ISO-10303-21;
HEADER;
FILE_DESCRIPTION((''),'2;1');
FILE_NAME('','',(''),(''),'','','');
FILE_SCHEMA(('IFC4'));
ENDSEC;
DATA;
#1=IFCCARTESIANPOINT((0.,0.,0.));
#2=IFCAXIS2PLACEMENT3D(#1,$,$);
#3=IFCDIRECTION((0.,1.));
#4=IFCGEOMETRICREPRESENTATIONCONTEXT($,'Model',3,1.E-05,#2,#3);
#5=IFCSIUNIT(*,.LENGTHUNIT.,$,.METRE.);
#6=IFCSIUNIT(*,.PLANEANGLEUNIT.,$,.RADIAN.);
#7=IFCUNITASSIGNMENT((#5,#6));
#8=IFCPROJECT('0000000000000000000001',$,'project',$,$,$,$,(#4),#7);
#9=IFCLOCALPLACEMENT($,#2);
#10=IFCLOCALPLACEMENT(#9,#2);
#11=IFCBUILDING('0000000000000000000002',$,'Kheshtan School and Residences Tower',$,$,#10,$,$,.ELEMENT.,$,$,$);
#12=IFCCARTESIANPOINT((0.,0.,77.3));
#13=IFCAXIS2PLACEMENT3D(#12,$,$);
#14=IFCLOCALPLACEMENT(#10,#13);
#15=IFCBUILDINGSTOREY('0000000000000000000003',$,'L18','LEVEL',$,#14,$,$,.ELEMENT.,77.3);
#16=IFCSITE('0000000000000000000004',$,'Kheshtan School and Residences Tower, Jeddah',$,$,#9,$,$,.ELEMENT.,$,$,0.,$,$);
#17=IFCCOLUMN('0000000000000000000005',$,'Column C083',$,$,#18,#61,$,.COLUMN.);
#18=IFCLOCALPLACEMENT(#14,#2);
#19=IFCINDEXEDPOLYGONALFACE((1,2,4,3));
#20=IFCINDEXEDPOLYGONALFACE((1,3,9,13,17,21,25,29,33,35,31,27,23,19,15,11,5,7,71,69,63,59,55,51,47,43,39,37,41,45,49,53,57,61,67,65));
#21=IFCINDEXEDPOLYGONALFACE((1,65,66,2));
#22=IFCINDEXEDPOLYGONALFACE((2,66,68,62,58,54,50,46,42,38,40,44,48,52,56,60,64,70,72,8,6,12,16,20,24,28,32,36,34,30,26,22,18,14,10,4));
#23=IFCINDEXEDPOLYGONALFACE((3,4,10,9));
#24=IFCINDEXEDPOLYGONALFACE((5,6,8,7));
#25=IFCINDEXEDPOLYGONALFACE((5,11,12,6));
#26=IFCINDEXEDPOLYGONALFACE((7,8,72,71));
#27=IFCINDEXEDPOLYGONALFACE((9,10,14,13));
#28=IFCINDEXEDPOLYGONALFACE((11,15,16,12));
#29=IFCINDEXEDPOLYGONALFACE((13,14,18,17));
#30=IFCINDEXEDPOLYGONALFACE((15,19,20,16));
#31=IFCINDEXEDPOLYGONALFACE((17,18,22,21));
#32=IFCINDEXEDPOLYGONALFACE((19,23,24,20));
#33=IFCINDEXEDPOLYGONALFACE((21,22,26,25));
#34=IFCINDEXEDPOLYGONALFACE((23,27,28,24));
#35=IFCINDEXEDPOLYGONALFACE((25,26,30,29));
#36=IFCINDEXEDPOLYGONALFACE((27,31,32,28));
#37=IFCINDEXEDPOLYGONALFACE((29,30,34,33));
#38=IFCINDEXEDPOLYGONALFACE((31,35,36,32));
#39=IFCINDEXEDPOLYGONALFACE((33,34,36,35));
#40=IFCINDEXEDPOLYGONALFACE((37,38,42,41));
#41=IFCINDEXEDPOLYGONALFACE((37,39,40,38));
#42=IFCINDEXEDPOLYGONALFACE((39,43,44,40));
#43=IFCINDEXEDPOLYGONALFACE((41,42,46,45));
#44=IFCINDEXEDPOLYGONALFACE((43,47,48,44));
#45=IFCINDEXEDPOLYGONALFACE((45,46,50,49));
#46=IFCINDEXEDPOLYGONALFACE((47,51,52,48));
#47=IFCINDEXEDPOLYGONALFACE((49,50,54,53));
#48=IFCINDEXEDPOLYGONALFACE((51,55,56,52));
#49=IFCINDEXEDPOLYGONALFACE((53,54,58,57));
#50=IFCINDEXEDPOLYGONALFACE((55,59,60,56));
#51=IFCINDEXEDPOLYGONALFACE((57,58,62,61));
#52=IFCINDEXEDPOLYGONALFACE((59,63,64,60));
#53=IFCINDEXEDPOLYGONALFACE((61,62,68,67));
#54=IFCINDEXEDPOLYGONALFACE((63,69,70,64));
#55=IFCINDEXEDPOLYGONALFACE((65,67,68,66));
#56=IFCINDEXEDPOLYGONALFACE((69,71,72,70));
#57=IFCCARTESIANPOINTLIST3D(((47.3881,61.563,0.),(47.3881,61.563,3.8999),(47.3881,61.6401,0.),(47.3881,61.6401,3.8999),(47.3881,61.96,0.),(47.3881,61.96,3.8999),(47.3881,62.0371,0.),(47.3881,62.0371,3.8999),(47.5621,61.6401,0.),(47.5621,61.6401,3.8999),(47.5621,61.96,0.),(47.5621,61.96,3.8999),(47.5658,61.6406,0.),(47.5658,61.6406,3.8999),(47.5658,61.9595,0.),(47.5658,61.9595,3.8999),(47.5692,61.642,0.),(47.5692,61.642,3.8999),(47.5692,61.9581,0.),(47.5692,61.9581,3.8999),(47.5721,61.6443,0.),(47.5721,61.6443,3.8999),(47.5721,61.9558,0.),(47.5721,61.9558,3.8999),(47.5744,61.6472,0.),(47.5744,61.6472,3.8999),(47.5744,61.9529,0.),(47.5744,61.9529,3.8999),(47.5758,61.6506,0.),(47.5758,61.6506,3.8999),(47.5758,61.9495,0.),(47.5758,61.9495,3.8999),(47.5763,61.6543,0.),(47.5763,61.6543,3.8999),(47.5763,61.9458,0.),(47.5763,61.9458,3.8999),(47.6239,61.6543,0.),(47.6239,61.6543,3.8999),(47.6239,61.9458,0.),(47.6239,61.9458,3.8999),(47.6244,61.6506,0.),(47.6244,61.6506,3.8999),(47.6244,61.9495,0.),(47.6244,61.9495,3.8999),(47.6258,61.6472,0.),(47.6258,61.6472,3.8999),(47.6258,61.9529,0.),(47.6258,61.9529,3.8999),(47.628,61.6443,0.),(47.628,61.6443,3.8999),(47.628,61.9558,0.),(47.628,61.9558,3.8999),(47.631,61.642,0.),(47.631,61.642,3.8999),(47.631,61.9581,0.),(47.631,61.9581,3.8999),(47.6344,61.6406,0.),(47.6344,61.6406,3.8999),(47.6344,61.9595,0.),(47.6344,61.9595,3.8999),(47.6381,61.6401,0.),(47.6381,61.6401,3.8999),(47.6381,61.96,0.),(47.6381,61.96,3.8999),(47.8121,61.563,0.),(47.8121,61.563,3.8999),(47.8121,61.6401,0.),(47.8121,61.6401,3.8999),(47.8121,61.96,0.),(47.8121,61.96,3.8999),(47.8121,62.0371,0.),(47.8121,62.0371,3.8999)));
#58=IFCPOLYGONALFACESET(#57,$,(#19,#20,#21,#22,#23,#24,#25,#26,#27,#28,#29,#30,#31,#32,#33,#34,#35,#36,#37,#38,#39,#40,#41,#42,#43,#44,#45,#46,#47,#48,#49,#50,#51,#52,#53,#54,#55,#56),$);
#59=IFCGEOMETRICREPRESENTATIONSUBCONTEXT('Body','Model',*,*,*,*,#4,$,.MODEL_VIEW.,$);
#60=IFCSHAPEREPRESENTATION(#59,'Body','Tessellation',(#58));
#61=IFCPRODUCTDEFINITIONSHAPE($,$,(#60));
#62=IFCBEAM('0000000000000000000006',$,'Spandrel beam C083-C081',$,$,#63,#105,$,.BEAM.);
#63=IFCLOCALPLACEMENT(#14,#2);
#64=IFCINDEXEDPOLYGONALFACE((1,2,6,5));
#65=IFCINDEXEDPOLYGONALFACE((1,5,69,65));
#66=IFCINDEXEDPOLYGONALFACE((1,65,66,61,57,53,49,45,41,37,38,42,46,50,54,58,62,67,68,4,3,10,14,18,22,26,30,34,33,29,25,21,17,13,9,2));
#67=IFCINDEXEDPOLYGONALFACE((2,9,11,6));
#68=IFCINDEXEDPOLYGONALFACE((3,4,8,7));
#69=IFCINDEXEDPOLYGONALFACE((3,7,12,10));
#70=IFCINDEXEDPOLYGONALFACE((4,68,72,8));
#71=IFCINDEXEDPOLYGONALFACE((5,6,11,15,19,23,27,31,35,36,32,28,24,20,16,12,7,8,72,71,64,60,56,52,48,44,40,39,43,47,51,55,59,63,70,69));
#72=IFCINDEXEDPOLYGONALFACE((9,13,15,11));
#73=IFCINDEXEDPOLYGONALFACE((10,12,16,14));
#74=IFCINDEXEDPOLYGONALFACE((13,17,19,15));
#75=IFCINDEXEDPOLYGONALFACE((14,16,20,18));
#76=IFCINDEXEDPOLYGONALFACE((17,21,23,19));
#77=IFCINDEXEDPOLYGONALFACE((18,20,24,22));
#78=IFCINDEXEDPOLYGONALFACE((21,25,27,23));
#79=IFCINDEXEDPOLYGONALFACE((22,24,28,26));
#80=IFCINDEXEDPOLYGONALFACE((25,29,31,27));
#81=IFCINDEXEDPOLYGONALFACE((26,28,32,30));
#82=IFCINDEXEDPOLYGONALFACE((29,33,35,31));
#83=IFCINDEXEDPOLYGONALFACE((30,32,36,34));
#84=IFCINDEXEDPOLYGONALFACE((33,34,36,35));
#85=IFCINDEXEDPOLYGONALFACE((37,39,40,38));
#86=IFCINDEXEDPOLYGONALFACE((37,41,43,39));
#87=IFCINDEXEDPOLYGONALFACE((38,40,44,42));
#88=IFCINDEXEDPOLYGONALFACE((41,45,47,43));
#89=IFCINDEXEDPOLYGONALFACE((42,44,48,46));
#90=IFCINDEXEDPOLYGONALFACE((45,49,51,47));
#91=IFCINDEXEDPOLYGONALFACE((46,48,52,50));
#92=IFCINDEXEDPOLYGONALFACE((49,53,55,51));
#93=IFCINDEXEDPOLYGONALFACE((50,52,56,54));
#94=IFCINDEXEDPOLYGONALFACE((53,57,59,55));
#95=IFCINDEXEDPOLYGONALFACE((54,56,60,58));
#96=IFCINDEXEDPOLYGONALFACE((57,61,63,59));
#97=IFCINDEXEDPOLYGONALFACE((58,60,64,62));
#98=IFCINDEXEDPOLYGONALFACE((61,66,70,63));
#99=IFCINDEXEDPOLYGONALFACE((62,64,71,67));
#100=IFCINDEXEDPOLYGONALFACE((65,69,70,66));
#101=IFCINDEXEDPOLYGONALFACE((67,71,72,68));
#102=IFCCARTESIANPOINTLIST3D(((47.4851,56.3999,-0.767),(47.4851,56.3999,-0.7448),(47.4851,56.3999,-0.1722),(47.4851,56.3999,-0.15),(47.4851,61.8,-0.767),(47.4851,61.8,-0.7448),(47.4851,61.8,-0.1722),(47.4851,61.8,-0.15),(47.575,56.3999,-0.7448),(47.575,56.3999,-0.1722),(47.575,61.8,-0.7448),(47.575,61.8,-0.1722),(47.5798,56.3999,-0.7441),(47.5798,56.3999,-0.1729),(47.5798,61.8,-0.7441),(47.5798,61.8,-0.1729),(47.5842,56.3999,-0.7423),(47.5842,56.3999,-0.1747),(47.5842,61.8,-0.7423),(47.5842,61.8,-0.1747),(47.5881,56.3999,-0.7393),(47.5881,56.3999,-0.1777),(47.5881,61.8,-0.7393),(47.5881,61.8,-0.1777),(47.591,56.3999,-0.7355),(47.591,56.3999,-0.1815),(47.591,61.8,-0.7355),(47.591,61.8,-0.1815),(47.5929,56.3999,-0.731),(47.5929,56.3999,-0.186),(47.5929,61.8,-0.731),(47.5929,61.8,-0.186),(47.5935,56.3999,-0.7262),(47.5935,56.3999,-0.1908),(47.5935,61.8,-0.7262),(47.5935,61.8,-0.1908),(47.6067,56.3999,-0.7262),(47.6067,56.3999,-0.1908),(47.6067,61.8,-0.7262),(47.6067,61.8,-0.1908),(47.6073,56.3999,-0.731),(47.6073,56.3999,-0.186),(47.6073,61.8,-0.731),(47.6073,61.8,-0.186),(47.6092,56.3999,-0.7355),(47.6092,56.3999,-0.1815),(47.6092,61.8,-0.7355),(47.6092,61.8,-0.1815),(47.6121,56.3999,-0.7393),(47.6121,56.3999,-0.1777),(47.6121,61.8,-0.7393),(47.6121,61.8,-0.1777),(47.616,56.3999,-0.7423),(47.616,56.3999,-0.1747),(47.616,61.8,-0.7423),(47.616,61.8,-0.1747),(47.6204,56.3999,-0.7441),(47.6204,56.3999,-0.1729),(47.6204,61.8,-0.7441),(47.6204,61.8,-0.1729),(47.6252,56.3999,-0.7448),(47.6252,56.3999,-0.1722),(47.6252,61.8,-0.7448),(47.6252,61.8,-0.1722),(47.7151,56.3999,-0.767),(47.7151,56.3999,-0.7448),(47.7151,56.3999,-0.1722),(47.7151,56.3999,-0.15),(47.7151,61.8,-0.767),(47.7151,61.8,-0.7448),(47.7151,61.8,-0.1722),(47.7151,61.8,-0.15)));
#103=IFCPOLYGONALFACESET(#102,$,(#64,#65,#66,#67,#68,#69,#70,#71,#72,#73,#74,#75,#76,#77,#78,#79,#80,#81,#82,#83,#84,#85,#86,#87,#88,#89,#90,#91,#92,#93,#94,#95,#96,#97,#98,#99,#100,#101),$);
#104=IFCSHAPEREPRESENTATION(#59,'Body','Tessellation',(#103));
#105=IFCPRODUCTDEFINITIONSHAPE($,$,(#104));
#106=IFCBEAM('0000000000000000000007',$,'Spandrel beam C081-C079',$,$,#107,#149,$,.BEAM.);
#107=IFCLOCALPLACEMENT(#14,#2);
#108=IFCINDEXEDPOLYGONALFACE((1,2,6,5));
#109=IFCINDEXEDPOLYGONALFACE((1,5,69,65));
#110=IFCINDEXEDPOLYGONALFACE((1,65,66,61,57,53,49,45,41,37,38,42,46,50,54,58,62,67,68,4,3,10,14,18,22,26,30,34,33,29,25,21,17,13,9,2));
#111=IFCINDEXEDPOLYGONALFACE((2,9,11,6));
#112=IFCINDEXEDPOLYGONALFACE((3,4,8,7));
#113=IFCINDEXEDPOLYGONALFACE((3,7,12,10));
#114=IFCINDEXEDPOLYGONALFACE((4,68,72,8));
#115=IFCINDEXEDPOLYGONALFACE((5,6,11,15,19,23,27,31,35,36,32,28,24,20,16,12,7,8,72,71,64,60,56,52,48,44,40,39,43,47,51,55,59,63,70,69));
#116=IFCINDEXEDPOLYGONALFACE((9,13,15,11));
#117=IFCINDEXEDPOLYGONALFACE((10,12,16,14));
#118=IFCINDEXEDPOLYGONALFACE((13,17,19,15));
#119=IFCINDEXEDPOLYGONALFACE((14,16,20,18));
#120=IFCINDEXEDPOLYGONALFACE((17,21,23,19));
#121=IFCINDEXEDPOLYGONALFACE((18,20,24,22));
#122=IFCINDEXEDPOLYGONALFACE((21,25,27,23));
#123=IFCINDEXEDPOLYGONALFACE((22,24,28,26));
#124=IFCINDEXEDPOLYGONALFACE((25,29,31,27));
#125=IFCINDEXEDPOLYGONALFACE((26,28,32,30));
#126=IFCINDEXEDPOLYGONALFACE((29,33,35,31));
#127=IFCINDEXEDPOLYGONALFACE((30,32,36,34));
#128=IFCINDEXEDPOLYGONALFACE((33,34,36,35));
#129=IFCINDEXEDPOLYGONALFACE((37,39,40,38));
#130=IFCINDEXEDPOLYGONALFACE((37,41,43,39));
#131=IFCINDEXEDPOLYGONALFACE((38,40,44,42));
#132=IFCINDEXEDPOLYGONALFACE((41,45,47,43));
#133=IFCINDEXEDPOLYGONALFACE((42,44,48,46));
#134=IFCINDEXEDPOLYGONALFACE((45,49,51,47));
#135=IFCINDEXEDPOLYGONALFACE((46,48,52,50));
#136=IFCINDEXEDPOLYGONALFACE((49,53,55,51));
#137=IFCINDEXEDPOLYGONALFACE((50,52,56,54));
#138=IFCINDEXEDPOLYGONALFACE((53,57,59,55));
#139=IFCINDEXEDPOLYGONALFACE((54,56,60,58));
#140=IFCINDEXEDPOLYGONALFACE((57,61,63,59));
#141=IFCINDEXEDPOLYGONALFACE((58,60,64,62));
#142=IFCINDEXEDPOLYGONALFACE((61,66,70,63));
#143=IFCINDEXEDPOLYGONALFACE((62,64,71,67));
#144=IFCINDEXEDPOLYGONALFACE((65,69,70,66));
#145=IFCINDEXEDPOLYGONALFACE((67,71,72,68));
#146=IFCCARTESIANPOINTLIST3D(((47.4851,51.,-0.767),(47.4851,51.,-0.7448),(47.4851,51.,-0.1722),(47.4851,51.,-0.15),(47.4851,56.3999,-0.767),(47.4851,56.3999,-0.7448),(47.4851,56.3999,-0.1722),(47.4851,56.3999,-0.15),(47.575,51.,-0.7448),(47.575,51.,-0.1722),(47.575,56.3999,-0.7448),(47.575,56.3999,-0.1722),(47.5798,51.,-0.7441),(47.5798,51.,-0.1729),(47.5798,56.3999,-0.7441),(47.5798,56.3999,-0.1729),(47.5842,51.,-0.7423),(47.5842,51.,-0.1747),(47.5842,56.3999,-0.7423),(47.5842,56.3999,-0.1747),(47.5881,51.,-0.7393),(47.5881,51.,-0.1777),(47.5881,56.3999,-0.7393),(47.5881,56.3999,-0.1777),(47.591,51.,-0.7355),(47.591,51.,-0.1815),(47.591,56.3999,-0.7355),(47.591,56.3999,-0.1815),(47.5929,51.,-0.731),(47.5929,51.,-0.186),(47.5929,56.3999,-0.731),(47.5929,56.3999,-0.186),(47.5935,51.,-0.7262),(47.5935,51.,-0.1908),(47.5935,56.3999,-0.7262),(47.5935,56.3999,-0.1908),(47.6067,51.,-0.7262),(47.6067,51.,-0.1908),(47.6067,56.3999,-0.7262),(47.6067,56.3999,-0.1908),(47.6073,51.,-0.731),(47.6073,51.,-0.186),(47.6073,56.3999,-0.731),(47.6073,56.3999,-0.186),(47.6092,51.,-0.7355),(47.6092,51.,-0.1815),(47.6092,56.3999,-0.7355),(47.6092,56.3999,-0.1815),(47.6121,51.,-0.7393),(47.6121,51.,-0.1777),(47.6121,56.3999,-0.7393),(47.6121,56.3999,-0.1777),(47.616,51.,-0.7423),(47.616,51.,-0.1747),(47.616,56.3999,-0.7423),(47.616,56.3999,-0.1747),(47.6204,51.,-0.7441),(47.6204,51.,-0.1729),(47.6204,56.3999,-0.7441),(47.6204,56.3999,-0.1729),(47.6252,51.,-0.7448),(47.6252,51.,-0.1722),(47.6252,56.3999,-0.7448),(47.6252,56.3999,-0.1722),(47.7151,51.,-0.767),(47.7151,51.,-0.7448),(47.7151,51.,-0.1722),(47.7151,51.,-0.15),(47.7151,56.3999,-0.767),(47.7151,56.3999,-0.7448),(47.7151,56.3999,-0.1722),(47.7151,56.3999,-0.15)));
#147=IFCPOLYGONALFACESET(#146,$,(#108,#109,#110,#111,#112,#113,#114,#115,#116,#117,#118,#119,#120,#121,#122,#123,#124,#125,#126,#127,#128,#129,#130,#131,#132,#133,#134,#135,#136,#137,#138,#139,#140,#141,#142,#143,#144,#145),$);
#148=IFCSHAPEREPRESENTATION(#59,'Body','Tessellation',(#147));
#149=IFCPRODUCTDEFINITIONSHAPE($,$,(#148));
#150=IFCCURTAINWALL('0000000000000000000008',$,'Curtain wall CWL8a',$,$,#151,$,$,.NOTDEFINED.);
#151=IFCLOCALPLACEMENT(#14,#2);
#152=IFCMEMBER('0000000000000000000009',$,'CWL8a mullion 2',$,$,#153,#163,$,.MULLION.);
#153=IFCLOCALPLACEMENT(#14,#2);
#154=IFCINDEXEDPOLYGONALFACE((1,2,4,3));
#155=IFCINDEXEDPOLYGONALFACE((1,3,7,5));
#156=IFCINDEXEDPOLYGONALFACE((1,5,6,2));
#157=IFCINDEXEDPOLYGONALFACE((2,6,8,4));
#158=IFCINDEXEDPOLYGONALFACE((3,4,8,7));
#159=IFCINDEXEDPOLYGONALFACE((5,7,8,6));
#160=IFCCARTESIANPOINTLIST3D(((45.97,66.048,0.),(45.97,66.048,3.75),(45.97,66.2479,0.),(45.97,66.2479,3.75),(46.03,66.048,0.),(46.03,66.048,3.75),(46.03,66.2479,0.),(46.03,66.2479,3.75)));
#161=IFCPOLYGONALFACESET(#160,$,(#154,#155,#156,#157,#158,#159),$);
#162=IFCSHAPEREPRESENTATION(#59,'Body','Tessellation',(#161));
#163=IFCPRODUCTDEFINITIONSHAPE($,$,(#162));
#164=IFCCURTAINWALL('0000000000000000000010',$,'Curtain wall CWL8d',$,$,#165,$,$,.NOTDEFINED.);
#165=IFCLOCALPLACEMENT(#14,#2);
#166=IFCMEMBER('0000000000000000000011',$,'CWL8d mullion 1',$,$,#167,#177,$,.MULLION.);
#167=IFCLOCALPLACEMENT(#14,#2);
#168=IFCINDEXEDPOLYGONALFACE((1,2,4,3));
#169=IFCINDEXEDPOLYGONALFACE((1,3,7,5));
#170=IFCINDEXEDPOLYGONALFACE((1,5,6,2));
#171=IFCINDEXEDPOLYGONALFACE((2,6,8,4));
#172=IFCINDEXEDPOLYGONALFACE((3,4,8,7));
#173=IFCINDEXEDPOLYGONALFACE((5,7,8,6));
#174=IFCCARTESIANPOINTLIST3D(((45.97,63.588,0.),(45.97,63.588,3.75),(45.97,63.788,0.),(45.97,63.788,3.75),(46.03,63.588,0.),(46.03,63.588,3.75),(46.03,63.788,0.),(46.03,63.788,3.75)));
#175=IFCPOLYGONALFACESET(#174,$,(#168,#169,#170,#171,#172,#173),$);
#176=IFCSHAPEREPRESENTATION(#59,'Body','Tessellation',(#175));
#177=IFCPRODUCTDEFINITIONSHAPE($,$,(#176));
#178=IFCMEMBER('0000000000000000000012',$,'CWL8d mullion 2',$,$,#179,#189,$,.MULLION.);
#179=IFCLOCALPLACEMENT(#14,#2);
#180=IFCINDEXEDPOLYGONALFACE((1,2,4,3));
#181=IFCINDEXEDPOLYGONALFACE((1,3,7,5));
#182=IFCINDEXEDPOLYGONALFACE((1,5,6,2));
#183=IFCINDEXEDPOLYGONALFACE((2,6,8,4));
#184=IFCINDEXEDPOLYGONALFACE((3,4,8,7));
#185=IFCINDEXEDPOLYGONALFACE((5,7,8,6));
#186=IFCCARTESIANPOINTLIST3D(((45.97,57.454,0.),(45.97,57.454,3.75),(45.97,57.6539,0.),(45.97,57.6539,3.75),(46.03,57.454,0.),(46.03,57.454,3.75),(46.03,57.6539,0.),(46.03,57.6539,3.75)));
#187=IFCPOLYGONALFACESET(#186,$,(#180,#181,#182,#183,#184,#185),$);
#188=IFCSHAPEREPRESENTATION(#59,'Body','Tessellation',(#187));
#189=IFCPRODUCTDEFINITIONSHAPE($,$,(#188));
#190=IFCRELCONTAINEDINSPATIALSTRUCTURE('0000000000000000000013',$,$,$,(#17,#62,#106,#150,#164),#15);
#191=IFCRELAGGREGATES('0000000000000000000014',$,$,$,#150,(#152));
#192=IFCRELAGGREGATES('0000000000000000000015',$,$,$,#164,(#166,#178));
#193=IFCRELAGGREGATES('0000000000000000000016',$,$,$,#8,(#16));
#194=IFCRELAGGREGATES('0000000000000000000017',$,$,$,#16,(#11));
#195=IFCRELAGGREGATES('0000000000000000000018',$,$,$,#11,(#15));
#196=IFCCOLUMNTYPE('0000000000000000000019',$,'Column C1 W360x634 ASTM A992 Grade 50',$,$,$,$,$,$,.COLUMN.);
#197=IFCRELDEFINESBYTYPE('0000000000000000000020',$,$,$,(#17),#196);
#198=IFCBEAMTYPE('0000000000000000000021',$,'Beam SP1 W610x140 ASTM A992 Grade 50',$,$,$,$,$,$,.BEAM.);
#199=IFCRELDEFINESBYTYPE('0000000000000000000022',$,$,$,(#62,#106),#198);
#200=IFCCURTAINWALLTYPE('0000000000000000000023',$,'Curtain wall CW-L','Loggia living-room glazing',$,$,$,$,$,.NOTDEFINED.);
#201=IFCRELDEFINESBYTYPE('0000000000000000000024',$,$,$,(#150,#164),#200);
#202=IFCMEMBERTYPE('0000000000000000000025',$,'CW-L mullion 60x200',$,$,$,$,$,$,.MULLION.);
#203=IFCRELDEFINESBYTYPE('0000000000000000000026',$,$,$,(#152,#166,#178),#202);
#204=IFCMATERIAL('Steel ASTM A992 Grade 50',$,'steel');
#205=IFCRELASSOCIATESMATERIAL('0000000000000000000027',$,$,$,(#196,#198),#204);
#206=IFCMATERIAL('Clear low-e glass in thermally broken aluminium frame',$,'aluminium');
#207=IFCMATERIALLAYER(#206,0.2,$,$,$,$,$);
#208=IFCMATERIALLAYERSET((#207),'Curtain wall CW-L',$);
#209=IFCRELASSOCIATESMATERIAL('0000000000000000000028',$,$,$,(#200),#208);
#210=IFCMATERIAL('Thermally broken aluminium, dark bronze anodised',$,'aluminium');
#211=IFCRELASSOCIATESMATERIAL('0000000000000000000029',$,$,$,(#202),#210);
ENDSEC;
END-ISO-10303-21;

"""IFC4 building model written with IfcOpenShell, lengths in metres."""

from ifc_helpers import new_model, si_unit, direction, frame, origin, origin_2d, place, context, subcontext, project, spatial, rectangle, i_section, extrude, material, layer, layer_set, material_profile, profile_set, type_object, element, aggregate, save


model = new_model("IFC4")

# Units and contexts
model_context = context("Model", 3, precision=1e-05, world=origin(), true_north=direction((0.0, 1.0)))
body_context = subcontext(model_context, "Body", "Model", "MODEL_VIEW")
ifc_project = project(units=[si_unit("LENGTHUNIT", "METRE"), si_unit("PLANEANGLEUNIT", "RADIAN")], contexts=[model_context])

# Site, building, storey
site_placement = place(None, origin())
site = spatial("IfcSite", under=ifc_project, at=site_placement, Name="Kheshtan School and Residences Tower, Jeddah", CompositionType="ELEMENT", RefElevation=0.0)
building_placement = place(site_placement, origin())
building = spatial("IfcBuilding", under=site, at=building_placement, Name="Kheshtan School and Residences Tower", CompositionType="ELEMENT")
storey_placement = place(building_placement, frame((0.0, 0.0, 77.3)))
storey = spatial("IfcBuildingStorey", under=building, at=storey_placement, Name="L18", Description="LEVEL", CompositionType="ELEMENT", Elevation=77.3)

# Column
ifc_material_1 = material(Name="Steel ASTM A992 Grade 50", Category="steel")
ifc_material_profile_1 = material_profile(ifc_material_1, i_section(OverallWidth=0.4241, OverallDepth=0.4741, WebThickness=0.0476, FlangeThickness=0.0771, FilletRadius=0.0142, at=origin_2d()), Name="W360x634")
ifc_profile_set_1 = profile_set([ifc_material_profile_1], Name="Steel ASTM A992 Grade 50")
column_type = type_object("IfcColumnType", Name="Column C1 W360x634 ASTM A992 Grade 50", PredefinedType="COLUMN", material=ifc_profile_set_1)
column_placement = place(storey_placement, frame((47.6001, 61.8, 0.0), z_axis=(0.0, 0.0, 1.0), x_axis=(1.0, 0.0, 0.0)))
element("IfcColumn", 1, at=column_placement, inside=storey, type_object=column_type, Name="Column C083", PredefinedType="COLUMN", context=body_context, shape_type="SweptSolid", body=[
    extrude(i_section(OverallWidth=0.4241, OverallDepth=0.4741, WebThickness=0.0476, FlangeThickness=0.0771, FilletRadius=0.0142, at=origin_2d()), origin(), (0.0, 0.0, 1.0), 3.8999),
])

# Beams
ifc_material_profile_2 = material_profile(ifc_material_1, i_section(OverallWidth=0.23, OverallDepth=0.6169, WebThickness=0.0132, FlangeThickness=0.0222, FilletRadius=0.0186, at=origin_2d()), Name="W610x140")
ifc_profile_set_2 = profile_set([ifc_material_profile_2], Name="Steel ASTM A992 Grade 50")
beam_type = type_object("IfcBeamType", Name="Beam SP1 W610x140 ASTM A992 Grade 50", PredefinedType="BEAM", material=ifc_profile_set_2)
beam_1_placement = place(storey_placement, frame((47.6001, 61.8, -0.4585), z_axis=(0.0, -1.0, 0.0), x_axis=(1.0, 0.0, 0.0)))
element("IfcBeam", 2, at=beam_1_placement, inside=storey, type_object=beam_type, Name="Spandrel beam C083-C081", PredefinedType="BEAM", context=body_context, shape_type="SweptSolid", body=[
    extrude(i_section(OverallWidth=0.23, OverallDepth=0.6169, WebThickness=0.0132, FlangeThickness=0.0222, FilletRadius=0.0186, at=origin_2d()), origin(), (0.0, 0.0, 1.0), 5.4001),
])
beam_2_placement = place(storey_placement, frame((47.6001, 56.3999, -0.4585), z_axis=(0.0, -1.0, 0.0), x_axis=(1.0, 0.0, 0.0)))
element("IfcBeam", 3, at=beam_2_placement, inside=storey, type_object=beam_type, Name="Spandrel beam C081-C079", PredefinedType="BEAM", context=body_context, shape_type="SweptSolid", body=[
    extrude(i_section(OverallWidth=0.23, OverallDepth=0.6169, WebThickness=0.0132, FlangeThickness=0.0222, FilletRadius=0.0186, at=origin_2d()), origin(), (0.0, 0.0, 1.0), 5.3999),
])

# Curtain wall, member
ifc_material_2 = material(Name="Clear low-e glass in thermally broken aluminium frame", Category="aluminium")
ifc_layer_1 = layer(ifc_material_2, 0.2)
ifc_layer_set_1 = layer_set([ifc_layer_1], Name="Curtain wall CW-L")
curtain_wall_type = type_object("IfcCurtainWallType", Name="Curtain wall CW-L", Description="Loggia living-room glazing", PredefinedType="NOTDEFINED", material=ifc_layer_set_1)
curtain_wall_1_placement = place(storey_placement, origin())
curtain_wall_1 = element("IfcCurtainWall", 4, at=curtain_wall_1_placement, inside=storey, type_object=curtain_wall_type, Name="Curtain wall CWL8a", PredefinedType="NOTDEFINED")
ifc_material_3 = material(Name="Thermally broken aluminium, dark bronze anodised", Category="aluminium")
ifc_material_profile_3 = material_profile(ifc_material_3, rectangle(XDim=0.0601, YDim=0.2, at=origin_2d()), Name="CW-L mullion 60x200")
ifc_profile_set_3 = profile_set([ifc_material_profile_3], Name="Thermally broken aluminium, dark bronze anodised")
member_type_1 = type_object("IfcMemberType", Name="CW-L mullion 60x200", PredefinedType="MULLION", material=ifc_profile_set_3)
member_1_placement = place(storey_placement, frame((46.0, 66.1479, 0.0), z_axis=(0.0, 0.0, 1.0), x_axis=(1.0, 0.0, 0.0)))
member_1 = element("IfcMember", 5, at=member_1_placement, type_object=member_type_1, Name="CWL8a mullion 2", PredefinedType="MULLION", context=body_context, shape_type="SweptSolid", body=[
    extrude(rectangle(XDim=0.0601, YDim=0.2, at=origin_2d()), origin(), (0.0, 0.0, 1.0), 3.75),
])
aggregate(curtain_wall_1, [member_1])

# Curtain wall, members
curtain_wall_2_placement = place(storey_placement, origin())
curtain_wall_2 = element("IfcCurtainWall", 6, at=curtain_wall_2_placement, inside=storey, type_object=curtain_wall_type, Name="Curtain wall CWL8d", PredefinedType="NOTDEFINED")
member_2_placement = place(storey_placement, frame((46.0, 63.688, 0.0), z_axis=(0.0, 0.0, 1.0), x_axis=(1.0, 0.0, 0.0)))
member_2 = element("IfcMember", 7, at=member_2_placement, type_object=member_type_1, Name="CWL8d mullion 1", PredefinedType="MULLION", context=body_context, shape_type="SweptSolid", body=[
    extrude(rectangle(XDim=0.0601, YDim=0.2, at=origin_2d()), origin(), (0.0, 0.0, 1.0), 3.75),
])
member_3_placement = place(storey_placement, frame((46.0, 57.554, 0.0), z_axis=(0.0, 0.0, 1.0), x_axis=(1.0, 0.0, 0.0)))
member_3 = element("IfcMember", 8, at=member_3_placement, type_object=member_type_1, Name="CWL8d mullion 2", PredefinedType="MULLION", context=body_context, shape_type="SweptSolid", body=[
    extrude(rectangle(XDim=0.0601, YDim=0.2, at=origin_2d()), origin(), (0.0, 0.0, 1.0), 3.75),
])

aggregate(curtain_wall_2, [member_2, member_3])

save(model, "model.ifc")
